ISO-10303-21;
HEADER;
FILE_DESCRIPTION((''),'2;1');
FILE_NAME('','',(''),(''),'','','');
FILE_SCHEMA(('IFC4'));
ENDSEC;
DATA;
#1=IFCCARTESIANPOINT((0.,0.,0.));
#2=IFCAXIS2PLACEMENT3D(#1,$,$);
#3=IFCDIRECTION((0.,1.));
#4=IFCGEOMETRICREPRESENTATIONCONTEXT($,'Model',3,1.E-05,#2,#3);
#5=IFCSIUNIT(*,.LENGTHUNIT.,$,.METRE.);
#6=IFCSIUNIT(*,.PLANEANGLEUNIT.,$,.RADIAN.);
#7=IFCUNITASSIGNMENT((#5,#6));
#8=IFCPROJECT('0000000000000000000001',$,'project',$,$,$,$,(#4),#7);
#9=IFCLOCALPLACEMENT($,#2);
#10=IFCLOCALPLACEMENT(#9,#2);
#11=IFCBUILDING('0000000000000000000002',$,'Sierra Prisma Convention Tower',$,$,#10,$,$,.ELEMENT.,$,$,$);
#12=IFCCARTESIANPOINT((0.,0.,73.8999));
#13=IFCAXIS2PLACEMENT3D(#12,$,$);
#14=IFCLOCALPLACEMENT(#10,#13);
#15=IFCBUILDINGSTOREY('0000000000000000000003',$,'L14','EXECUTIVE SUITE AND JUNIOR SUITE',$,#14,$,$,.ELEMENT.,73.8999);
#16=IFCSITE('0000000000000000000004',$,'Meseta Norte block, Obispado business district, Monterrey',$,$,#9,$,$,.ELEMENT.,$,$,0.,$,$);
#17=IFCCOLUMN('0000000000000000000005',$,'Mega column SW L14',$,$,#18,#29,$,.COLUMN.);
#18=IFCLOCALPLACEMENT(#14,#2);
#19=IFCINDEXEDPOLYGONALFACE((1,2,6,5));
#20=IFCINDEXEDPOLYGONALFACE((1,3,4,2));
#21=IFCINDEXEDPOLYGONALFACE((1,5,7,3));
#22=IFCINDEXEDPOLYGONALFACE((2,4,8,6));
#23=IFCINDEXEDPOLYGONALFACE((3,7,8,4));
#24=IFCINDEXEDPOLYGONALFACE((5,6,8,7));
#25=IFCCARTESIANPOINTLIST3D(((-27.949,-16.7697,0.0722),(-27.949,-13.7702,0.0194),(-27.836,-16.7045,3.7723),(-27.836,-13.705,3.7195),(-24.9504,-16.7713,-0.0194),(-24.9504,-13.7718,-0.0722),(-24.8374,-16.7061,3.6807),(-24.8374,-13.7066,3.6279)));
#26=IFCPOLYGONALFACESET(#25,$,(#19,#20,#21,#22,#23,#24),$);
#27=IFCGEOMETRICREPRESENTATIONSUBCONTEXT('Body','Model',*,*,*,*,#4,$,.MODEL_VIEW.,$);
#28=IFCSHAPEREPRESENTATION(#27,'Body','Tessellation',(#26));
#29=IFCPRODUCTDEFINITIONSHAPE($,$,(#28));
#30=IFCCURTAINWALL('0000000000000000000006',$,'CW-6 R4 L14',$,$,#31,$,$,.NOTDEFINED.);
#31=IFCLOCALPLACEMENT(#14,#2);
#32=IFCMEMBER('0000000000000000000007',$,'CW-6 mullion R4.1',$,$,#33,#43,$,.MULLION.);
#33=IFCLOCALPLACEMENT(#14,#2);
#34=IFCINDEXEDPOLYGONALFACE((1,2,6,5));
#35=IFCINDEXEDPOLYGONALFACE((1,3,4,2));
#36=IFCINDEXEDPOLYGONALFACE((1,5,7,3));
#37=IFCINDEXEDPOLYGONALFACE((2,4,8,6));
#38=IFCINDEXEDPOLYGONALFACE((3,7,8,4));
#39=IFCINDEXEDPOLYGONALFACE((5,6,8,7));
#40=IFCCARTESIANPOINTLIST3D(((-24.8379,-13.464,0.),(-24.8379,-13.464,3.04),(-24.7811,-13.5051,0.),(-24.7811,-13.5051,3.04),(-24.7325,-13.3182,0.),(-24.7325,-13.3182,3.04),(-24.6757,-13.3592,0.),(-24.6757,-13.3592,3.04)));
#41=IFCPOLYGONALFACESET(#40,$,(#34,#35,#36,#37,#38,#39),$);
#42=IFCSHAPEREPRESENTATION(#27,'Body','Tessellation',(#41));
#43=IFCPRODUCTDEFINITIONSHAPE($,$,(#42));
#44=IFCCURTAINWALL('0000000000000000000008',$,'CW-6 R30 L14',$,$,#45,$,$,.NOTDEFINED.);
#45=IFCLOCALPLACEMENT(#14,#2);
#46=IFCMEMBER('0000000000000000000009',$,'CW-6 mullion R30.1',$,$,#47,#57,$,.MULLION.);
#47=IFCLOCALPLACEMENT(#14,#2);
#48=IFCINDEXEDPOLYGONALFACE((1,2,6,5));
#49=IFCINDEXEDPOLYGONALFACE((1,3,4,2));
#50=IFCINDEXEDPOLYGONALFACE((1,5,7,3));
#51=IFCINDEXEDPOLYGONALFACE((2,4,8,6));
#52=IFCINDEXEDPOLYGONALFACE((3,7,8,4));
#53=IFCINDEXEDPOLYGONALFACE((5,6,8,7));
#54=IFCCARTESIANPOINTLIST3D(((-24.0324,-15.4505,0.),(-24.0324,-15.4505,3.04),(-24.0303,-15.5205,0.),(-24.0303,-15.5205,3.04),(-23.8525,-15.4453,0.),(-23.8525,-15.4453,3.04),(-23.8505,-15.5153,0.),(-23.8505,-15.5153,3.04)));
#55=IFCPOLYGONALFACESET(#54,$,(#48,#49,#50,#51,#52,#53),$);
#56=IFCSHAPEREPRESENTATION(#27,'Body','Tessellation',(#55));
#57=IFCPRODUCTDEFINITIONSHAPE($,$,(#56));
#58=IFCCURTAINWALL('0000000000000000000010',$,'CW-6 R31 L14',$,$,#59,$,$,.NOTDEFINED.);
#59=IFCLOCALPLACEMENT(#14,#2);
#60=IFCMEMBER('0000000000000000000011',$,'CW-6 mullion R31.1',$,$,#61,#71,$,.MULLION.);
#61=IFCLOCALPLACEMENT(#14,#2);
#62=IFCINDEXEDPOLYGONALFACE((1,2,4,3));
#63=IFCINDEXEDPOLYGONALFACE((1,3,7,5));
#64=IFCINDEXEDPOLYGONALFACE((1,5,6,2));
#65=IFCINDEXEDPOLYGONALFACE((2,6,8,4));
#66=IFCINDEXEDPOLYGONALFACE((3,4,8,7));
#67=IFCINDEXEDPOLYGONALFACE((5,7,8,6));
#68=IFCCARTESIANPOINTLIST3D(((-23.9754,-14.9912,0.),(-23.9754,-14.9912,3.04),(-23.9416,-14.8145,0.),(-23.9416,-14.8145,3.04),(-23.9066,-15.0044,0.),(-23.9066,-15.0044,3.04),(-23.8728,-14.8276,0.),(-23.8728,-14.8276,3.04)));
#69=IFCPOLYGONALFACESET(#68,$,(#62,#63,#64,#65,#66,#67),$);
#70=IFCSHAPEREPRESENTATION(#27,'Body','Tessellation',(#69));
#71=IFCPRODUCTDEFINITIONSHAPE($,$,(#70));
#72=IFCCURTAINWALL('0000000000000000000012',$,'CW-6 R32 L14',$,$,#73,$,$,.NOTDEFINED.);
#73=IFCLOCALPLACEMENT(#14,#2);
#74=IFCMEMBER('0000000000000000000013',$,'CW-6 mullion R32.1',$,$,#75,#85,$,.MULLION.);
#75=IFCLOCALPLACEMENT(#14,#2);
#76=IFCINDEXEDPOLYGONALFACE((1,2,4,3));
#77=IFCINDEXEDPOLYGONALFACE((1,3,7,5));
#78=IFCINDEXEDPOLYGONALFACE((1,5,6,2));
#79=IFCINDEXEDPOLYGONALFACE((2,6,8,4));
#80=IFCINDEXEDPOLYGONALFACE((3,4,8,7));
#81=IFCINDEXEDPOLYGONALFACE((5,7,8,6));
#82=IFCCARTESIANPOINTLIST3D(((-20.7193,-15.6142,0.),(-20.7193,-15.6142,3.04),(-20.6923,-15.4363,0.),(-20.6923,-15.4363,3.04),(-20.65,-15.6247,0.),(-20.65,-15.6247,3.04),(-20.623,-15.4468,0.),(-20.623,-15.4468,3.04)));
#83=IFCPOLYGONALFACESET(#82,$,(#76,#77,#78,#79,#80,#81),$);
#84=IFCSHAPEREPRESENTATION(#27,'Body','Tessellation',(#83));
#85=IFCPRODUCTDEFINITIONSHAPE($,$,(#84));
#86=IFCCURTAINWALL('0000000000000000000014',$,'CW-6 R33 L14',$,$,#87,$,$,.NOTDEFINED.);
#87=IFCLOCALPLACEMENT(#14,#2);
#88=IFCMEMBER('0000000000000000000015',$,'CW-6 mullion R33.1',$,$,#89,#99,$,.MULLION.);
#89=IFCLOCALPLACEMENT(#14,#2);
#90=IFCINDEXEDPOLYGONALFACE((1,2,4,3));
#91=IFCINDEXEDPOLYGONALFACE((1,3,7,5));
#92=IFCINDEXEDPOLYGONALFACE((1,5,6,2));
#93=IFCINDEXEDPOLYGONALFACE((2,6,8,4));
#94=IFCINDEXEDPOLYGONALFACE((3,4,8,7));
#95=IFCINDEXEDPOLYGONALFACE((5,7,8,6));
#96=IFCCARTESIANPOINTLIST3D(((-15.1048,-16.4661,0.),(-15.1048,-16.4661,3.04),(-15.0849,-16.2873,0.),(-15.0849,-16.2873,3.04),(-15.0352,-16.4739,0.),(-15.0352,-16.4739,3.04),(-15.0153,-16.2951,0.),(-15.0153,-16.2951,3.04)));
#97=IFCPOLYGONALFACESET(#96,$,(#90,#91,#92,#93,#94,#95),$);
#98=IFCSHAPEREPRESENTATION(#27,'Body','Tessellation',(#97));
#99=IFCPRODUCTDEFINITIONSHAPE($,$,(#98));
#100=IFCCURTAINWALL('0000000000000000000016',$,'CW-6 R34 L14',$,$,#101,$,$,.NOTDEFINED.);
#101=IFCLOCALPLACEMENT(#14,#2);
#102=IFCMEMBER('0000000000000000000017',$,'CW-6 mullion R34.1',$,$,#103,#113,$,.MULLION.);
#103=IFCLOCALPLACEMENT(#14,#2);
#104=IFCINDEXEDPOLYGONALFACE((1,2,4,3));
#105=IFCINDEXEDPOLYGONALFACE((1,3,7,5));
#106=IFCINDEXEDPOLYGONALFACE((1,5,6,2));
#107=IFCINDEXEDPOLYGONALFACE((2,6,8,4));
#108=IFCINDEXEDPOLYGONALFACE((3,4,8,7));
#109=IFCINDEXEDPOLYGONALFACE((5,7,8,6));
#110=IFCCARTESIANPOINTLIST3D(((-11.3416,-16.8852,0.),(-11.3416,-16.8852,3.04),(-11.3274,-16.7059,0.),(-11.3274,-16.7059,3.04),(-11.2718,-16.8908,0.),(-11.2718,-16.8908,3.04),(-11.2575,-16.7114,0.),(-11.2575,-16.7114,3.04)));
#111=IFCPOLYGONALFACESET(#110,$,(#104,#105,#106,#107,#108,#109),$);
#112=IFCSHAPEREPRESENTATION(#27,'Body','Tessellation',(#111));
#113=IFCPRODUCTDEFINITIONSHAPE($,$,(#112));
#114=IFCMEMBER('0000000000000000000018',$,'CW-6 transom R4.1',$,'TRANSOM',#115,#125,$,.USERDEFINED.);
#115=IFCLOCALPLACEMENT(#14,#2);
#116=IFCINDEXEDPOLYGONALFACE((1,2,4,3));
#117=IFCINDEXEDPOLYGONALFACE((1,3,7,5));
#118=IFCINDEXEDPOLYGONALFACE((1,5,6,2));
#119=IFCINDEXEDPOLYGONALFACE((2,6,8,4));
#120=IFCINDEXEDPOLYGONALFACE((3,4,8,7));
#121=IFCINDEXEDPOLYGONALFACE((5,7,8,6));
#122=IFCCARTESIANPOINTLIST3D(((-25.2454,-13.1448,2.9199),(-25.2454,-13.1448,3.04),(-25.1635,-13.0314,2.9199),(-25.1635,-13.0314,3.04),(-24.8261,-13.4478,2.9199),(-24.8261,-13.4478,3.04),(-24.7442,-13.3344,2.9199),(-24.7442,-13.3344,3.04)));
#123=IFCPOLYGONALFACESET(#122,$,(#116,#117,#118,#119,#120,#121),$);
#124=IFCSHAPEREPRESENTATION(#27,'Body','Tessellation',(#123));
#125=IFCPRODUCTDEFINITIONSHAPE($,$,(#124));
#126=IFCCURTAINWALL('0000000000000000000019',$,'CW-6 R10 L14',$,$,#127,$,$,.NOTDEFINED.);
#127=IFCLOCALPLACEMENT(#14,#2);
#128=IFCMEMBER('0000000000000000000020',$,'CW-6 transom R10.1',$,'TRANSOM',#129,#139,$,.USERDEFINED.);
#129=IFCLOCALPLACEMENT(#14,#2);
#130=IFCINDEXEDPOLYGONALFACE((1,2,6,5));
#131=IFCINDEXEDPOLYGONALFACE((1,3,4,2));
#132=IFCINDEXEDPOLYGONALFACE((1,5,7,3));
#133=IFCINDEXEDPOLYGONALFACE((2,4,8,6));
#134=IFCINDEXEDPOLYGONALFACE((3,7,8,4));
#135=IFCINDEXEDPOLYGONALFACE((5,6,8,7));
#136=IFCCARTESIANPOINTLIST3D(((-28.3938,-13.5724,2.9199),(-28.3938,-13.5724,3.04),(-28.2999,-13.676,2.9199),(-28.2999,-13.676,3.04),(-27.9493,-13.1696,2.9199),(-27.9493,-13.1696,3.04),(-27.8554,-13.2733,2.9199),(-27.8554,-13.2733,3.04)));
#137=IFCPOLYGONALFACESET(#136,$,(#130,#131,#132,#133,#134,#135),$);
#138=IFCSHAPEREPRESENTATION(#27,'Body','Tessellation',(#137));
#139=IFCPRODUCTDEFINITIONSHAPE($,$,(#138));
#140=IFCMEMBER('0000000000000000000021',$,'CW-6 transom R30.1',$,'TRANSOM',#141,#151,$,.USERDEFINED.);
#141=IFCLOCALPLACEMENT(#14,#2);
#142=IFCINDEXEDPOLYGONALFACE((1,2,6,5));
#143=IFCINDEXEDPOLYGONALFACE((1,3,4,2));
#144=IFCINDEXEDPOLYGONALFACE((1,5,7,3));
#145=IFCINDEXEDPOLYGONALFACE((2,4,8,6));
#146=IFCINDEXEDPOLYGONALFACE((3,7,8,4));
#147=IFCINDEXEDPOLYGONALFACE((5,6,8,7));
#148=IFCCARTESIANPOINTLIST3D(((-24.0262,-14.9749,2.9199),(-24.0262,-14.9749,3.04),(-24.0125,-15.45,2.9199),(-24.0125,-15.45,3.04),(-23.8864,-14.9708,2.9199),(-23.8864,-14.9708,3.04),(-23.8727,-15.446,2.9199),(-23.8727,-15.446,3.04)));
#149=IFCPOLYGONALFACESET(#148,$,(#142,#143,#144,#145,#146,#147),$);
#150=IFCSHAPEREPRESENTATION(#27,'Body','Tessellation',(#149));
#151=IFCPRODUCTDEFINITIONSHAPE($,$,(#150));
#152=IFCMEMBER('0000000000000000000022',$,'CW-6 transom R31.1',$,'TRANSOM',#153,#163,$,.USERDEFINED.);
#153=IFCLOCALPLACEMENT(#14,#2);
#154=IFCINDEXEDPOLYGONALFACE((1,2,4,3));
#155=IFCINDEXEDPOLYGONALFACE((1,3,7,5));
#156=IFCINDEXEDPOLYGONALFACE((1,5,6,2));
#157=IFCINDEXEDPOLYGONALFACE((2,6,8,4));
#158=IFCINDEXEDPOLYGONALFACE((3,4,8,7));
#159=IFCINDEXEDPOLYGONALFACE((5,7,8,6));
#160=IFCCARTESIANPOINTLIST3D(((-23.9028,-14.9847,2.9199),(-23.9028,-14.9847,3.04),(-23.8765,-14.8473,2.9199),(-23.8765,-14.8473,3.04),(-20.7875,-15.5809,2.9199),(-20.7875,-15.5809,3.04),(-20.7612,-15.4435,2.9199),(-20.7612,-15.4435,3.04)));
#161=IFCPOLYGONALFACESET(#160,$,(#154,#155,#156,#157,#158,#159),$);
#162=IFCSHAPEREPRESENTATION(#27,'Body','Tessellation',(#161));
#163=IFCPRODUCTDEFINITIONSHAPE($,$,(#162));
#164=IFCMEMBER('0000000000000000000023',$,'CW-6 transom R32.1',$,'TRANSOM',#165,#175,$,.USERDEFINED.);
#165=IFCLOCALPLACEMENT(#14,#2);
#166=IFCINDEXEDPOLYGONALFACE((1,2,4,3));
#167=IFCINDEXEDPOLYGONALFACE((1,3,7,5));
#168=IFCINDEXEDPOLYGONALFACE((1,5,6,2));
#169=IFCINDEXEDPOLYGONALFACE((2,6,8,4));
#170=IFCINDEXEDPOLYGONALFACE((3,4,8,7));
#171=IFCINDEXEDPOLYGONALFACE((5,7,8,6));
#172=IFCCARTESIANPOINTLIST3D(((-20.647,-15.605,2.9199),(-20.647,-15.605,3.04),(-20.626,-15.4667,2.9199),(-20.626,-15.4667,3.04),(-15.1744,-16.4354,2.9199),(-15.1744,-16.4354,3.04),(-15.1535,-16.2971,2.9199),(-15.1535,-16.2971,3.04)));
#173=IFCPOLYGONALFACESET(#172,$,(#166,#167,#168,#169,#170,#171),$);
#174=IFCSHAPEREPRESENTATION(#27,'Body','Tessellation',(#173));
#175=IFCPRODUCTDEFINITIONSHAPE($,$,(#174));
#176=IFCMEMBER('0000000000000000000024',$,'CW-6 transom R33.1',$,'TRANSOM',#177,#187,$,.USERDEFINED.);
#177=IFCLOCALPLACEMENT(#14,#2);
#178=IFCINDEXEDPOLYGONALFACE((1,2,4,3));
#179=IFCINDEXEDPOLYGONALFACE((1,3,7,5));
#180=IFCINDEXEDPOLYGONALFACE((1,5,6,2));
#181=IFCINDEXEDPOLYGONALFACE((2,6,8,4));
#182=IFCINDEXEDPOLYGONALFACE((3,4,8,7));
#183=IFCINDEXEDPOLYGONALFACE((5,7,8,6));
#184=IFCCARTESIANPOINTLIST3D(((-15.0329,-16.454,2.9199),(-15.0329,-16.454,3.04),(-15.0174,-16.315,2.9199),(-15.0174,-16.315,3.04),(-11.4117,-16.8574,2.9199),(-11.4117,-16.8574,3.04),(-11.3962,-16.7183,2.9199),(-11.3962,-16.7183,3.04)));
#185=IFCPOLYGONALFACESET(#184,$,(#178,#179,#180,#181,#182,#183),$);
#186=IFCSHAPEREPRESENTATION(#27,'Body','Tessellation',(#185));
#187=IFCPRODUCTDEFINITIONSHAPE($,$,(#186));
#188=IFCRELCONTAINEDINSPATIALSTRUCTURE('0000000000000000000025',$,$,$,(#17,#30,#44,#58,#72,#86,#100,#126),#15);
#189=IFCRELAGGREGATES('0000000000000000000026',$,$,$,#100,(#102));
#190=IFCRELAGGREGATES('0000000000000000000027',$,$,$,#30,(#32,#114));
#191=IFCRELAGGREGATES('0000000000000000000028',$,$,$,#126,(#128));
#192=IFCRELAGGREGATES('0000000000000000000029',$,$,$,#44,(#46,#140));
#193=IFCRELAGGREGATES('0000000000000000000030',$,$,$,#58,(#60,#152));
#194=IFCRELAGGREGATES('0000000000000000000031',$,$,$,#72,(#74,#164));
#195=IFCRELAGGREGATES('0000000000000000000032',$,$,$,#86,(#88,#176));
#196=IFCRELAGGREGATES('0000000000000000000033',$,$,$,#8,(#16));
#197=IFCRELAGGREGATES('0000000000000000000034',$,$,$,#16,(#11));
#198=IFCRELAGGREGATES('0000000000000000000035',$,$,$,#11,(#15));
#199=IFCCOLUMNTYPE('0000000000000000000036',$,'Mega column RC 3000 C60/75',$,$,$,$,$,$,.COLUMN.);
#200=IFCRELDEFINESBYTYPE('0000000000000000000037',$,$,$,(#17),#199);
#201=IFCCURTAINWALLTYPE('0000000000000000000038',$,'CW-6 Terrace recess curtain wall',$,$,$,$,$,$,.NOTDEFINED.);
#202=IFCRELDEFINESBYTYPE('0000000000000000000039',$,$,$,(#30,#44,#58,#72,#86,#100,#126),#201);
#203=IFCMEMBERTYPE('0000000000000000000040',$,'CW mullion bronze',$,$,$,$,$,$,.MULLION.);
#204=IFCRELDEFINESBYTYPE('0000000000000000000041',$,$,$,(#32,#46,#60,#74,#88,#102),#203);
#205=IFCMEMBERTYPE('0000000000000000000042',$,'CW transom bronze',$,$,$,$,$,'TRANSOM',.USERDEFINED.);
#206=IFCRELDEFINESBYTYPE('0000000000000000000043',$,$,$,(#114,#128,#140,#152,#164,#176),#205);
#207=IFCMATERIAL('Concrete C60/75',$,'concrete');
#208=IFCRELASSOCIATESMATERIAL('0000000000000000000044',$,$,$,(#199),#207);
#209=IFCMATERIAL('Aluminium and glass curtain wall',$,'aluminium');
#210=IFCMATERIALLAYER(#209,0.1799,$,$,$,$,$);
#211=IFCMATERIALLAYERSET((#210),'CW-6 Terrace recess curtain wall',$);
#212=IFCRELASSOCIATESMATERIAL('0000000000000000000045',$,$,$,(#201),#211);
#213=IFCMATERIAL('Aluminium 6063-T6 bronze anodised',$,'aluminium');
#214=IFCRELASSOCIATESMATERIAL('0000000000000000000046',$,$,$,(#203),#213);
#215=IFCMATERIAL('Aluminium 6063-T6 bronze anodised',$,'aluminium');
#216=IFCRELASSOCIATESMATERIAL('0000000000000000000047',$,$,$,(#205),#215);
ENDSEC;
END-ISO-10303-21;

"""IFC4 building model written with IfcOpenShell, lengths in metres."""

from ifc_helpers import new_model, si_unit, direction, frame, origin, origin_2d, place, context, subcontext, project, spatial, rectangle, extrude, material, layer, layer_set, material_profile, profile_set, type_object, element, aggregate, save


model = new_model("IFC4")

# Units and contexts
model_context = context("Model", 3, precision=1e-05, world=origin(), true_north=direction((0.0, 1.0)))
body_context = subcontext(model_context, "Body", "Model", "MODEL_VIEW")
ifc_project = project(units=[si_unit("LENGTHUNIT", "METRE"), si_unit("PLANEANGLEUNIT", "RADIAN")], contexts=[model_context])

# Site, building, storey
site_placement = place(None, origin())
site = spatial("IfcSite", under=ifc_project, at=site_placement, Name="Meseta Norte block, Obispado business district, Monterrey", CompositionType="ELEMENT", RefElevation=0.0)
building_placement = place(site_placement, origin())
building = spatial("IfcBuilding", under=site, at=building_placement, Name="Sierra Prisma Convention Tower", CompositionType="ELEMENT")
storey_placement = place(building_placement, frame((0.0, 0.0, 73.8999)))
storey = spatial("IfcBuildingStorey", under=building, at=storey_placement, Name="L14", Description="EXECUTIVE SUITE AND JUNIOR SUITE", CompositionType="ELEMENT", Elevation=73.8999)

# Column
ifc_material_1 = material(Name="Concrete C60/75", Category="concrete")
ifc_material_profile_1 = material_profile(ifc_material_1, rectangle(XDim=3.0, YDim=3.0, at=origin_2d()), Name="Mega column RC 3000 C60/75")
ifc_profile_set_1 = profile_set([ifc_material_profile_1], Name="Concrete C60/75")
column_type_1 = type_object("IfcColumnType", Name="Mega column RC 3000 C60/75", PredefinedType="COLUMN", material=ifc_profile_set_1)
column_1_placement = place(storey_placement, frame((-26.4497, -15.2708, 0.0), z_axis=(0.03053, 0.017606, 0.999379), x_axis=(0.999534, -0.000538, -0.030525)))
element("IfcColumn", 1, at=column_1_placement, inside=storey, type_object=column_type_1, Name="Mega column SW L14", PredefinedType="COLUMN", context=body_context, shape_type="SweptSolid", body=[
    extrude(rectangle(XDim=3.0, YDim=3.0, at=origin_2d()), origin(), (0.0, 0.0, 1.0), 3.7024),
])

# Curtain walls, members
ifc_material_2 = material(Name="Aluminium and glass curtain wall", Category="aluminium")
ifc_layer_1 = layer(ifc_material_2, 0.1799)
ifc_layer_set_1 = layer_set([ifc_layer_1], Name="CW-6 Terrace recess curtain wall")
curtain_wall_type = type_object("IfcCurtainWallType", Name="CW-6 Terrace recess curtain wall", PredefinedType="NOTDEFINED", material=ifc_layer_set_1)
curtain_wall_1_placement = place(storey_placement, origin())
curtain_wall_1 = element("IfcCurtainWall", 2, at=curtain_wall_1_placement, inside=storey, type_object=curtain_wall_type, Name="CW-6 R4 L14", PredefinedType="NOTDEFINED")
ifc_material_3 = material(Name="Aluminium 6063-T6 bronze anodised", Category="aluminium")
ifc_material_profile_2 = material_profile(ifc_material_3, rectangle(XDim=0.1799, YDim=0.0701, at=origin_2d()), Name="ALU MULLION 70x180")
ifc_profile_set_2 = profile_set([ifc_material_profile_2], Name="Aluminium 6063-T6 bronze anodised")
member_type_1 = type_object("IfcMemberType", Name="CW mullion bronze", PredefinedType="MULLION", material=ifc_profile_set_2)
member_1_placement = place(storey_placement, frame((-24.7568, -13.4116, 0.0), z_axis=(0.0, 0.0, 1.0), x_axis=(-0.585704, -0.810525, 0.0)))
member_1 = element("IfcMember", 3, at=member_1_placement, type_object=member_type_1, Name="CW-6 mullion R4.1", PredefinedType="MULLION", context=body_context, shape_type="SweptSolid", body=[
    extrude(rectangle(XDim=0.1799, YDim=0.0701, at=origin_2d()), origin(), (0.0, 0.0, 1.0), 3.04),
])
curtain_wall_2_placement = place(storey_placement, origin())
curtain_wall_2 = element("IfcCurtainWall", 4, at=curtain_wall_2_placement, inside=storey, type_object=curtain_wall_type, Name="CW-6 R30 L14", PredefinedType="NOTDEFINED")
member_2_placement = place(storey_placement, frame((-23.9414, -15.4829, 0.0), z_axis=(0.0, 0.0, 1.0), x_axis=(-0.999577, -0.029093, 0.0)))
member_2 = element("IfcMember", 5, at=member_2_placement, type_object=member_type_1, Name="CW-6 mullion R30.1", PredefinedType="MULLION", context=body_context, shape_type="SweptSolid", body=[
    extrude(rectangle(XDim=0.1799, YDim=0.0701, at=origin_2d()), origin(), (0.0, 0.0, 1.0), 3.04),
])
curtain_wall_3_placement = place(storey_placement, origin())
curtain_wall_3 = element("IfcCurtainWall", 6, at=curtain_wall_3_placement, inside=storey, type_object=curtain_wall_type, Name="CW-6 R31 L14", PredefinedType="NOTDEFINED")
member_3_placement = place(storey_placement, frame((-23.9241, -14.9094, 0.0), z_axis=(0.0, 0.0, 1.0), x_axis=(0.187949, 0.982179, 0.0)))
member_3 = element("IfcMember", 7, at=member_3_placement, type_object=member_type_1, Name="CW-6 mullion R31.1", PredefinedType="MULLION", context=body_context, shape_type="SweptSolid", body=[
    extrude(rectangle(XDim=0.1799, YDim=0.0701, at=origin_2d()), origin(), (0.0, 0.0, 1.0), 3.04),
])
curtain_wall_4_placement = place(storey_placement, origin())
curtain_wall_4 = element("IfcCurtainWall", 8, at=curtain_wall_4_placement, inside=storey, type_object=curtain_wall_type, Name="CW-6 R32 L14", PredefinedType="NOTDEFINED")
member_4_placement = place(storey_placement, frame((-20.6711, -15.5305, 0.0), z_axis=(0.0, 0.0, 1.0), x_axis=(0.150009, 0.988685, 0.0)))
member_4 = element("IfcMember", 9, at=member_4_placement, type_object=member_type_1, Name="CW-6 mullion R32.1", PredefinedType="MULLION", context=body_context, shape_type="SweptSolid", body=[
    extrude(rectangle(XDim=0.1799, YDim=0.0701, at=origin_2d()), origin(), (0.0, 0.0, 1.0), 3.04),
])
curtain_wall_5_placement = place(storey_placement, origin())
curtain_wall_5 = element("IfcCurtainWall", 10, at=curtain_wall_5_placement, inside=storey, type_object=curtain_wall_type, Name="CW-6 R33 L14", PredefinedType="NOTDEFINED")
member_5_placement = place(storey_placement, frame((-15.0601, -16.3806, 0.0), z_axis=(0.0, 0.0, 1.0), x_axis=(0.110725, 0.993851, 0.0)))
member_5 = element("IfcMember", 11, at=member_5_placement, type_object=member_type_1, Name="CW-6 mullion R33.1", PredefinedType="MULLION", context=body_context, shape_type="SweptSolid", body=[
    extrude(rectangle(XDim=0.1799, YDim=0.0701, at=origin_2d()), origin(), (0.0, 0.0, 1.0), 3.04),
])
curtain_wall_6_placement = place(storey_placement, origin())
curtain_wall_6 = element("IfcCurtainWall", 12, at=curtain_wall_6_placement, inside=storey, type_object=curtain_wall_type, Name="CW-6 R34 L14", PredefinedType="NOTDEFINED")
member_6_placement = place(storey_placement, frame((-11.2996, -16.7983, 0.0), z_axis=(0.0, 0.0, 1.0), x_axis=(0.079169, 0.996861, 0.0)))
member_6 = element("IfcMember", 13, at=member_6_placement, type_object=member_type_1, Name="CW-6 mullion R34.1", PredefinedType="MULLION", context=body_context, shape_type="SweptSolid", body=[
    extrude(rectangle(XDim=0.1799, YDim=0.0701, at=origin_2d()), origin(), (0.0, 0.0, 1.0), 3.04),
])
aggregate(curtain_wall_6, [member_6])

# Member
ifc_material_4 = material(Name="Aluminium 6063-T6 bronze anodised", Category="aluminium")
ifc_material_profile_3 = material_profile(ifc_material_4, rectangle(XDim=0.1399, YDim=0.1201, at=origin_2d()), Name="ALU TRANSOM 120x140")
ifc_profile_set_3 = profile_set([ifc_material_profile_3], Name="Aluminium 6063-T6 bronze anodised")
member_type_2 = type_object("IfcMemberType", Name="CW transom bronze", ElementType="TRANSOM", PredefinedType="USERDEFINED", material=ifc_profile_set_3)
member_7_placement = place(storey_placement, frame((-24.7852, -13.3911, 2.98), z_axis=(-0.810468, 0.585783, 0.0), x_axis=(-0.585783, -0.810468, 0.0)))
member_7 = element("IfcMember", 14, at=member_7_placement, type_object=member_type_2, Name="CW-6 transom R4.1", ObjectType="TRANSOM", PredefinedType="USERDEFINED", context=body_context, shape_type="SweptSolid", body=[
    extrude(rectangle(XDim=0.1399, YDim=0.1201, at=origin_2d()), origin(), (0.0, 0.0, 1.0), 0.5173),
])

# Curtain wall, member
curtain_wall_7_placement = place(storey_placement, origin())
curtain_wall_7 = element("IfcCurtainWall", 15, at=curtain_wall_7_placement, inside=storey, type_object=curtain_wall_type, Name="CW-6 R10 L14", PredefinedType="NOTDEFINED")
member_8_placement = place(storey_placement, frame((-27.9023, -13.2214, 2.98), z_axis=(-0.741044, -0.671457, 0.0), x_axis=(0.671457, -0.741044, 0.0)))
member_8 = element("IfcMember", 16, at=member_8_placement, type_object=member_type_2, Name="CW-6 transom R10.1", ObjectType="TRANSOM", PredefinedType="USERDEFINED", context=body_context, shape_type="SweptSolid", body=[
    extrude(rectangle(XDim=0.1399, YDim=0.1201, at=origin_2d()), origin(), (0.0, 0.0, 1.0), 0.5999),
])

# Members
member_9_placement = place(storey_placement, frame((-23.9426, -15.448, 2.98), z_axis=(-0.028765, 0.999586, 0.0), x_axis=(-0.999586, -0.028765, 0.0)))
member_9 = element("IfcMember", 17, at=member_9_placement, type_object=member_type_2, Name="CW-6 transom R30.1", ObjectType="TRANSOM", PredefinedType="USERDEFINED", context=body_context, shape_type="SweptSolid", body=[
    extrude(rectangle(XDim=0.1399, YDim=0.1201, at=origin_2d()), origin(), (0.0, 0.0, 1.0), 0.4753),
])
member_10_placement = place(storey_placement, frame((-23.8896, -14.916, 2.98), z_axis=(0.982175, -0.187968, 0.0), x_axis=(0.187968, 0.982175, 0.0)))
member_10 = element("IfcMember", 18, at=member_10_placement, type_object=member_type_2, Name="CW-6 transom R31.1", ObjectType="TRANSOM", PredefinedType="USERDEFINED", context=body_context, shape_type="SweptSolid", body=[
    extrude(rectangle(XDim=0.1399, YDim=0.1201, at=origin_2d()), origin(), (0.0, 0.0, 1.0), 3.1719),
])
member_11_placement = place(storey_placement, frame((-20.6365, -15.5359, 2.98), z_axis=(0.988684, -0.150012, 0.0), x_axis=(0.150012, 0.988684, 0.0)))
member_11 = element("IfcMember", 19, at=member_11_placement, type_object=member_type_2, Name="CW-6 transom R32.1", ObjectType="TRANSOM", PredefinedType="USERDEFINED", context=body_context, shape_type="SweptSolid", body=[
    extrude(rectangle(XDim=0.1399, YDim=0.1201, at=origin_2d()), origin(), (0.0, 0.0, 1.0), 5.5352),
])
member_12_placement = place(storey_placement, frame((-15.0251, -16.3845, 2.98), z_axis=(0.993854, -0.110696, 0.0), x_axis=(0.110696, 0.993854, 0.0)))
member_12 = element("IfcMember", 20, at=member_12_placement, type_object=member_type_2, Name="CW-6 transom R33.1", ObjectType="TRANSOM", PredefinedType="USERDEFINED", context=body_context, shape_type="SweptSolid", body=[
    extrude(rectangle(XDim=0.1399, YDim=0.1201, at=origin_2d()), origin(), (0.0, 0.0, 1.0), 3.6436),
])

aggregate(curtain_wall_1, [member_1, member_7])
aggregate(curtain_wall_7, [member_8])
aggregate(curtain_wall_2, [member_2, member_9])
aggregate(curtain_wall_3, [member_3, member_10])
aggregate(curtain_wall_4, [member_4, member_11])
aggregate(curtain_wall_5, [member_5, member_12])

save(model, "model.ifc")
